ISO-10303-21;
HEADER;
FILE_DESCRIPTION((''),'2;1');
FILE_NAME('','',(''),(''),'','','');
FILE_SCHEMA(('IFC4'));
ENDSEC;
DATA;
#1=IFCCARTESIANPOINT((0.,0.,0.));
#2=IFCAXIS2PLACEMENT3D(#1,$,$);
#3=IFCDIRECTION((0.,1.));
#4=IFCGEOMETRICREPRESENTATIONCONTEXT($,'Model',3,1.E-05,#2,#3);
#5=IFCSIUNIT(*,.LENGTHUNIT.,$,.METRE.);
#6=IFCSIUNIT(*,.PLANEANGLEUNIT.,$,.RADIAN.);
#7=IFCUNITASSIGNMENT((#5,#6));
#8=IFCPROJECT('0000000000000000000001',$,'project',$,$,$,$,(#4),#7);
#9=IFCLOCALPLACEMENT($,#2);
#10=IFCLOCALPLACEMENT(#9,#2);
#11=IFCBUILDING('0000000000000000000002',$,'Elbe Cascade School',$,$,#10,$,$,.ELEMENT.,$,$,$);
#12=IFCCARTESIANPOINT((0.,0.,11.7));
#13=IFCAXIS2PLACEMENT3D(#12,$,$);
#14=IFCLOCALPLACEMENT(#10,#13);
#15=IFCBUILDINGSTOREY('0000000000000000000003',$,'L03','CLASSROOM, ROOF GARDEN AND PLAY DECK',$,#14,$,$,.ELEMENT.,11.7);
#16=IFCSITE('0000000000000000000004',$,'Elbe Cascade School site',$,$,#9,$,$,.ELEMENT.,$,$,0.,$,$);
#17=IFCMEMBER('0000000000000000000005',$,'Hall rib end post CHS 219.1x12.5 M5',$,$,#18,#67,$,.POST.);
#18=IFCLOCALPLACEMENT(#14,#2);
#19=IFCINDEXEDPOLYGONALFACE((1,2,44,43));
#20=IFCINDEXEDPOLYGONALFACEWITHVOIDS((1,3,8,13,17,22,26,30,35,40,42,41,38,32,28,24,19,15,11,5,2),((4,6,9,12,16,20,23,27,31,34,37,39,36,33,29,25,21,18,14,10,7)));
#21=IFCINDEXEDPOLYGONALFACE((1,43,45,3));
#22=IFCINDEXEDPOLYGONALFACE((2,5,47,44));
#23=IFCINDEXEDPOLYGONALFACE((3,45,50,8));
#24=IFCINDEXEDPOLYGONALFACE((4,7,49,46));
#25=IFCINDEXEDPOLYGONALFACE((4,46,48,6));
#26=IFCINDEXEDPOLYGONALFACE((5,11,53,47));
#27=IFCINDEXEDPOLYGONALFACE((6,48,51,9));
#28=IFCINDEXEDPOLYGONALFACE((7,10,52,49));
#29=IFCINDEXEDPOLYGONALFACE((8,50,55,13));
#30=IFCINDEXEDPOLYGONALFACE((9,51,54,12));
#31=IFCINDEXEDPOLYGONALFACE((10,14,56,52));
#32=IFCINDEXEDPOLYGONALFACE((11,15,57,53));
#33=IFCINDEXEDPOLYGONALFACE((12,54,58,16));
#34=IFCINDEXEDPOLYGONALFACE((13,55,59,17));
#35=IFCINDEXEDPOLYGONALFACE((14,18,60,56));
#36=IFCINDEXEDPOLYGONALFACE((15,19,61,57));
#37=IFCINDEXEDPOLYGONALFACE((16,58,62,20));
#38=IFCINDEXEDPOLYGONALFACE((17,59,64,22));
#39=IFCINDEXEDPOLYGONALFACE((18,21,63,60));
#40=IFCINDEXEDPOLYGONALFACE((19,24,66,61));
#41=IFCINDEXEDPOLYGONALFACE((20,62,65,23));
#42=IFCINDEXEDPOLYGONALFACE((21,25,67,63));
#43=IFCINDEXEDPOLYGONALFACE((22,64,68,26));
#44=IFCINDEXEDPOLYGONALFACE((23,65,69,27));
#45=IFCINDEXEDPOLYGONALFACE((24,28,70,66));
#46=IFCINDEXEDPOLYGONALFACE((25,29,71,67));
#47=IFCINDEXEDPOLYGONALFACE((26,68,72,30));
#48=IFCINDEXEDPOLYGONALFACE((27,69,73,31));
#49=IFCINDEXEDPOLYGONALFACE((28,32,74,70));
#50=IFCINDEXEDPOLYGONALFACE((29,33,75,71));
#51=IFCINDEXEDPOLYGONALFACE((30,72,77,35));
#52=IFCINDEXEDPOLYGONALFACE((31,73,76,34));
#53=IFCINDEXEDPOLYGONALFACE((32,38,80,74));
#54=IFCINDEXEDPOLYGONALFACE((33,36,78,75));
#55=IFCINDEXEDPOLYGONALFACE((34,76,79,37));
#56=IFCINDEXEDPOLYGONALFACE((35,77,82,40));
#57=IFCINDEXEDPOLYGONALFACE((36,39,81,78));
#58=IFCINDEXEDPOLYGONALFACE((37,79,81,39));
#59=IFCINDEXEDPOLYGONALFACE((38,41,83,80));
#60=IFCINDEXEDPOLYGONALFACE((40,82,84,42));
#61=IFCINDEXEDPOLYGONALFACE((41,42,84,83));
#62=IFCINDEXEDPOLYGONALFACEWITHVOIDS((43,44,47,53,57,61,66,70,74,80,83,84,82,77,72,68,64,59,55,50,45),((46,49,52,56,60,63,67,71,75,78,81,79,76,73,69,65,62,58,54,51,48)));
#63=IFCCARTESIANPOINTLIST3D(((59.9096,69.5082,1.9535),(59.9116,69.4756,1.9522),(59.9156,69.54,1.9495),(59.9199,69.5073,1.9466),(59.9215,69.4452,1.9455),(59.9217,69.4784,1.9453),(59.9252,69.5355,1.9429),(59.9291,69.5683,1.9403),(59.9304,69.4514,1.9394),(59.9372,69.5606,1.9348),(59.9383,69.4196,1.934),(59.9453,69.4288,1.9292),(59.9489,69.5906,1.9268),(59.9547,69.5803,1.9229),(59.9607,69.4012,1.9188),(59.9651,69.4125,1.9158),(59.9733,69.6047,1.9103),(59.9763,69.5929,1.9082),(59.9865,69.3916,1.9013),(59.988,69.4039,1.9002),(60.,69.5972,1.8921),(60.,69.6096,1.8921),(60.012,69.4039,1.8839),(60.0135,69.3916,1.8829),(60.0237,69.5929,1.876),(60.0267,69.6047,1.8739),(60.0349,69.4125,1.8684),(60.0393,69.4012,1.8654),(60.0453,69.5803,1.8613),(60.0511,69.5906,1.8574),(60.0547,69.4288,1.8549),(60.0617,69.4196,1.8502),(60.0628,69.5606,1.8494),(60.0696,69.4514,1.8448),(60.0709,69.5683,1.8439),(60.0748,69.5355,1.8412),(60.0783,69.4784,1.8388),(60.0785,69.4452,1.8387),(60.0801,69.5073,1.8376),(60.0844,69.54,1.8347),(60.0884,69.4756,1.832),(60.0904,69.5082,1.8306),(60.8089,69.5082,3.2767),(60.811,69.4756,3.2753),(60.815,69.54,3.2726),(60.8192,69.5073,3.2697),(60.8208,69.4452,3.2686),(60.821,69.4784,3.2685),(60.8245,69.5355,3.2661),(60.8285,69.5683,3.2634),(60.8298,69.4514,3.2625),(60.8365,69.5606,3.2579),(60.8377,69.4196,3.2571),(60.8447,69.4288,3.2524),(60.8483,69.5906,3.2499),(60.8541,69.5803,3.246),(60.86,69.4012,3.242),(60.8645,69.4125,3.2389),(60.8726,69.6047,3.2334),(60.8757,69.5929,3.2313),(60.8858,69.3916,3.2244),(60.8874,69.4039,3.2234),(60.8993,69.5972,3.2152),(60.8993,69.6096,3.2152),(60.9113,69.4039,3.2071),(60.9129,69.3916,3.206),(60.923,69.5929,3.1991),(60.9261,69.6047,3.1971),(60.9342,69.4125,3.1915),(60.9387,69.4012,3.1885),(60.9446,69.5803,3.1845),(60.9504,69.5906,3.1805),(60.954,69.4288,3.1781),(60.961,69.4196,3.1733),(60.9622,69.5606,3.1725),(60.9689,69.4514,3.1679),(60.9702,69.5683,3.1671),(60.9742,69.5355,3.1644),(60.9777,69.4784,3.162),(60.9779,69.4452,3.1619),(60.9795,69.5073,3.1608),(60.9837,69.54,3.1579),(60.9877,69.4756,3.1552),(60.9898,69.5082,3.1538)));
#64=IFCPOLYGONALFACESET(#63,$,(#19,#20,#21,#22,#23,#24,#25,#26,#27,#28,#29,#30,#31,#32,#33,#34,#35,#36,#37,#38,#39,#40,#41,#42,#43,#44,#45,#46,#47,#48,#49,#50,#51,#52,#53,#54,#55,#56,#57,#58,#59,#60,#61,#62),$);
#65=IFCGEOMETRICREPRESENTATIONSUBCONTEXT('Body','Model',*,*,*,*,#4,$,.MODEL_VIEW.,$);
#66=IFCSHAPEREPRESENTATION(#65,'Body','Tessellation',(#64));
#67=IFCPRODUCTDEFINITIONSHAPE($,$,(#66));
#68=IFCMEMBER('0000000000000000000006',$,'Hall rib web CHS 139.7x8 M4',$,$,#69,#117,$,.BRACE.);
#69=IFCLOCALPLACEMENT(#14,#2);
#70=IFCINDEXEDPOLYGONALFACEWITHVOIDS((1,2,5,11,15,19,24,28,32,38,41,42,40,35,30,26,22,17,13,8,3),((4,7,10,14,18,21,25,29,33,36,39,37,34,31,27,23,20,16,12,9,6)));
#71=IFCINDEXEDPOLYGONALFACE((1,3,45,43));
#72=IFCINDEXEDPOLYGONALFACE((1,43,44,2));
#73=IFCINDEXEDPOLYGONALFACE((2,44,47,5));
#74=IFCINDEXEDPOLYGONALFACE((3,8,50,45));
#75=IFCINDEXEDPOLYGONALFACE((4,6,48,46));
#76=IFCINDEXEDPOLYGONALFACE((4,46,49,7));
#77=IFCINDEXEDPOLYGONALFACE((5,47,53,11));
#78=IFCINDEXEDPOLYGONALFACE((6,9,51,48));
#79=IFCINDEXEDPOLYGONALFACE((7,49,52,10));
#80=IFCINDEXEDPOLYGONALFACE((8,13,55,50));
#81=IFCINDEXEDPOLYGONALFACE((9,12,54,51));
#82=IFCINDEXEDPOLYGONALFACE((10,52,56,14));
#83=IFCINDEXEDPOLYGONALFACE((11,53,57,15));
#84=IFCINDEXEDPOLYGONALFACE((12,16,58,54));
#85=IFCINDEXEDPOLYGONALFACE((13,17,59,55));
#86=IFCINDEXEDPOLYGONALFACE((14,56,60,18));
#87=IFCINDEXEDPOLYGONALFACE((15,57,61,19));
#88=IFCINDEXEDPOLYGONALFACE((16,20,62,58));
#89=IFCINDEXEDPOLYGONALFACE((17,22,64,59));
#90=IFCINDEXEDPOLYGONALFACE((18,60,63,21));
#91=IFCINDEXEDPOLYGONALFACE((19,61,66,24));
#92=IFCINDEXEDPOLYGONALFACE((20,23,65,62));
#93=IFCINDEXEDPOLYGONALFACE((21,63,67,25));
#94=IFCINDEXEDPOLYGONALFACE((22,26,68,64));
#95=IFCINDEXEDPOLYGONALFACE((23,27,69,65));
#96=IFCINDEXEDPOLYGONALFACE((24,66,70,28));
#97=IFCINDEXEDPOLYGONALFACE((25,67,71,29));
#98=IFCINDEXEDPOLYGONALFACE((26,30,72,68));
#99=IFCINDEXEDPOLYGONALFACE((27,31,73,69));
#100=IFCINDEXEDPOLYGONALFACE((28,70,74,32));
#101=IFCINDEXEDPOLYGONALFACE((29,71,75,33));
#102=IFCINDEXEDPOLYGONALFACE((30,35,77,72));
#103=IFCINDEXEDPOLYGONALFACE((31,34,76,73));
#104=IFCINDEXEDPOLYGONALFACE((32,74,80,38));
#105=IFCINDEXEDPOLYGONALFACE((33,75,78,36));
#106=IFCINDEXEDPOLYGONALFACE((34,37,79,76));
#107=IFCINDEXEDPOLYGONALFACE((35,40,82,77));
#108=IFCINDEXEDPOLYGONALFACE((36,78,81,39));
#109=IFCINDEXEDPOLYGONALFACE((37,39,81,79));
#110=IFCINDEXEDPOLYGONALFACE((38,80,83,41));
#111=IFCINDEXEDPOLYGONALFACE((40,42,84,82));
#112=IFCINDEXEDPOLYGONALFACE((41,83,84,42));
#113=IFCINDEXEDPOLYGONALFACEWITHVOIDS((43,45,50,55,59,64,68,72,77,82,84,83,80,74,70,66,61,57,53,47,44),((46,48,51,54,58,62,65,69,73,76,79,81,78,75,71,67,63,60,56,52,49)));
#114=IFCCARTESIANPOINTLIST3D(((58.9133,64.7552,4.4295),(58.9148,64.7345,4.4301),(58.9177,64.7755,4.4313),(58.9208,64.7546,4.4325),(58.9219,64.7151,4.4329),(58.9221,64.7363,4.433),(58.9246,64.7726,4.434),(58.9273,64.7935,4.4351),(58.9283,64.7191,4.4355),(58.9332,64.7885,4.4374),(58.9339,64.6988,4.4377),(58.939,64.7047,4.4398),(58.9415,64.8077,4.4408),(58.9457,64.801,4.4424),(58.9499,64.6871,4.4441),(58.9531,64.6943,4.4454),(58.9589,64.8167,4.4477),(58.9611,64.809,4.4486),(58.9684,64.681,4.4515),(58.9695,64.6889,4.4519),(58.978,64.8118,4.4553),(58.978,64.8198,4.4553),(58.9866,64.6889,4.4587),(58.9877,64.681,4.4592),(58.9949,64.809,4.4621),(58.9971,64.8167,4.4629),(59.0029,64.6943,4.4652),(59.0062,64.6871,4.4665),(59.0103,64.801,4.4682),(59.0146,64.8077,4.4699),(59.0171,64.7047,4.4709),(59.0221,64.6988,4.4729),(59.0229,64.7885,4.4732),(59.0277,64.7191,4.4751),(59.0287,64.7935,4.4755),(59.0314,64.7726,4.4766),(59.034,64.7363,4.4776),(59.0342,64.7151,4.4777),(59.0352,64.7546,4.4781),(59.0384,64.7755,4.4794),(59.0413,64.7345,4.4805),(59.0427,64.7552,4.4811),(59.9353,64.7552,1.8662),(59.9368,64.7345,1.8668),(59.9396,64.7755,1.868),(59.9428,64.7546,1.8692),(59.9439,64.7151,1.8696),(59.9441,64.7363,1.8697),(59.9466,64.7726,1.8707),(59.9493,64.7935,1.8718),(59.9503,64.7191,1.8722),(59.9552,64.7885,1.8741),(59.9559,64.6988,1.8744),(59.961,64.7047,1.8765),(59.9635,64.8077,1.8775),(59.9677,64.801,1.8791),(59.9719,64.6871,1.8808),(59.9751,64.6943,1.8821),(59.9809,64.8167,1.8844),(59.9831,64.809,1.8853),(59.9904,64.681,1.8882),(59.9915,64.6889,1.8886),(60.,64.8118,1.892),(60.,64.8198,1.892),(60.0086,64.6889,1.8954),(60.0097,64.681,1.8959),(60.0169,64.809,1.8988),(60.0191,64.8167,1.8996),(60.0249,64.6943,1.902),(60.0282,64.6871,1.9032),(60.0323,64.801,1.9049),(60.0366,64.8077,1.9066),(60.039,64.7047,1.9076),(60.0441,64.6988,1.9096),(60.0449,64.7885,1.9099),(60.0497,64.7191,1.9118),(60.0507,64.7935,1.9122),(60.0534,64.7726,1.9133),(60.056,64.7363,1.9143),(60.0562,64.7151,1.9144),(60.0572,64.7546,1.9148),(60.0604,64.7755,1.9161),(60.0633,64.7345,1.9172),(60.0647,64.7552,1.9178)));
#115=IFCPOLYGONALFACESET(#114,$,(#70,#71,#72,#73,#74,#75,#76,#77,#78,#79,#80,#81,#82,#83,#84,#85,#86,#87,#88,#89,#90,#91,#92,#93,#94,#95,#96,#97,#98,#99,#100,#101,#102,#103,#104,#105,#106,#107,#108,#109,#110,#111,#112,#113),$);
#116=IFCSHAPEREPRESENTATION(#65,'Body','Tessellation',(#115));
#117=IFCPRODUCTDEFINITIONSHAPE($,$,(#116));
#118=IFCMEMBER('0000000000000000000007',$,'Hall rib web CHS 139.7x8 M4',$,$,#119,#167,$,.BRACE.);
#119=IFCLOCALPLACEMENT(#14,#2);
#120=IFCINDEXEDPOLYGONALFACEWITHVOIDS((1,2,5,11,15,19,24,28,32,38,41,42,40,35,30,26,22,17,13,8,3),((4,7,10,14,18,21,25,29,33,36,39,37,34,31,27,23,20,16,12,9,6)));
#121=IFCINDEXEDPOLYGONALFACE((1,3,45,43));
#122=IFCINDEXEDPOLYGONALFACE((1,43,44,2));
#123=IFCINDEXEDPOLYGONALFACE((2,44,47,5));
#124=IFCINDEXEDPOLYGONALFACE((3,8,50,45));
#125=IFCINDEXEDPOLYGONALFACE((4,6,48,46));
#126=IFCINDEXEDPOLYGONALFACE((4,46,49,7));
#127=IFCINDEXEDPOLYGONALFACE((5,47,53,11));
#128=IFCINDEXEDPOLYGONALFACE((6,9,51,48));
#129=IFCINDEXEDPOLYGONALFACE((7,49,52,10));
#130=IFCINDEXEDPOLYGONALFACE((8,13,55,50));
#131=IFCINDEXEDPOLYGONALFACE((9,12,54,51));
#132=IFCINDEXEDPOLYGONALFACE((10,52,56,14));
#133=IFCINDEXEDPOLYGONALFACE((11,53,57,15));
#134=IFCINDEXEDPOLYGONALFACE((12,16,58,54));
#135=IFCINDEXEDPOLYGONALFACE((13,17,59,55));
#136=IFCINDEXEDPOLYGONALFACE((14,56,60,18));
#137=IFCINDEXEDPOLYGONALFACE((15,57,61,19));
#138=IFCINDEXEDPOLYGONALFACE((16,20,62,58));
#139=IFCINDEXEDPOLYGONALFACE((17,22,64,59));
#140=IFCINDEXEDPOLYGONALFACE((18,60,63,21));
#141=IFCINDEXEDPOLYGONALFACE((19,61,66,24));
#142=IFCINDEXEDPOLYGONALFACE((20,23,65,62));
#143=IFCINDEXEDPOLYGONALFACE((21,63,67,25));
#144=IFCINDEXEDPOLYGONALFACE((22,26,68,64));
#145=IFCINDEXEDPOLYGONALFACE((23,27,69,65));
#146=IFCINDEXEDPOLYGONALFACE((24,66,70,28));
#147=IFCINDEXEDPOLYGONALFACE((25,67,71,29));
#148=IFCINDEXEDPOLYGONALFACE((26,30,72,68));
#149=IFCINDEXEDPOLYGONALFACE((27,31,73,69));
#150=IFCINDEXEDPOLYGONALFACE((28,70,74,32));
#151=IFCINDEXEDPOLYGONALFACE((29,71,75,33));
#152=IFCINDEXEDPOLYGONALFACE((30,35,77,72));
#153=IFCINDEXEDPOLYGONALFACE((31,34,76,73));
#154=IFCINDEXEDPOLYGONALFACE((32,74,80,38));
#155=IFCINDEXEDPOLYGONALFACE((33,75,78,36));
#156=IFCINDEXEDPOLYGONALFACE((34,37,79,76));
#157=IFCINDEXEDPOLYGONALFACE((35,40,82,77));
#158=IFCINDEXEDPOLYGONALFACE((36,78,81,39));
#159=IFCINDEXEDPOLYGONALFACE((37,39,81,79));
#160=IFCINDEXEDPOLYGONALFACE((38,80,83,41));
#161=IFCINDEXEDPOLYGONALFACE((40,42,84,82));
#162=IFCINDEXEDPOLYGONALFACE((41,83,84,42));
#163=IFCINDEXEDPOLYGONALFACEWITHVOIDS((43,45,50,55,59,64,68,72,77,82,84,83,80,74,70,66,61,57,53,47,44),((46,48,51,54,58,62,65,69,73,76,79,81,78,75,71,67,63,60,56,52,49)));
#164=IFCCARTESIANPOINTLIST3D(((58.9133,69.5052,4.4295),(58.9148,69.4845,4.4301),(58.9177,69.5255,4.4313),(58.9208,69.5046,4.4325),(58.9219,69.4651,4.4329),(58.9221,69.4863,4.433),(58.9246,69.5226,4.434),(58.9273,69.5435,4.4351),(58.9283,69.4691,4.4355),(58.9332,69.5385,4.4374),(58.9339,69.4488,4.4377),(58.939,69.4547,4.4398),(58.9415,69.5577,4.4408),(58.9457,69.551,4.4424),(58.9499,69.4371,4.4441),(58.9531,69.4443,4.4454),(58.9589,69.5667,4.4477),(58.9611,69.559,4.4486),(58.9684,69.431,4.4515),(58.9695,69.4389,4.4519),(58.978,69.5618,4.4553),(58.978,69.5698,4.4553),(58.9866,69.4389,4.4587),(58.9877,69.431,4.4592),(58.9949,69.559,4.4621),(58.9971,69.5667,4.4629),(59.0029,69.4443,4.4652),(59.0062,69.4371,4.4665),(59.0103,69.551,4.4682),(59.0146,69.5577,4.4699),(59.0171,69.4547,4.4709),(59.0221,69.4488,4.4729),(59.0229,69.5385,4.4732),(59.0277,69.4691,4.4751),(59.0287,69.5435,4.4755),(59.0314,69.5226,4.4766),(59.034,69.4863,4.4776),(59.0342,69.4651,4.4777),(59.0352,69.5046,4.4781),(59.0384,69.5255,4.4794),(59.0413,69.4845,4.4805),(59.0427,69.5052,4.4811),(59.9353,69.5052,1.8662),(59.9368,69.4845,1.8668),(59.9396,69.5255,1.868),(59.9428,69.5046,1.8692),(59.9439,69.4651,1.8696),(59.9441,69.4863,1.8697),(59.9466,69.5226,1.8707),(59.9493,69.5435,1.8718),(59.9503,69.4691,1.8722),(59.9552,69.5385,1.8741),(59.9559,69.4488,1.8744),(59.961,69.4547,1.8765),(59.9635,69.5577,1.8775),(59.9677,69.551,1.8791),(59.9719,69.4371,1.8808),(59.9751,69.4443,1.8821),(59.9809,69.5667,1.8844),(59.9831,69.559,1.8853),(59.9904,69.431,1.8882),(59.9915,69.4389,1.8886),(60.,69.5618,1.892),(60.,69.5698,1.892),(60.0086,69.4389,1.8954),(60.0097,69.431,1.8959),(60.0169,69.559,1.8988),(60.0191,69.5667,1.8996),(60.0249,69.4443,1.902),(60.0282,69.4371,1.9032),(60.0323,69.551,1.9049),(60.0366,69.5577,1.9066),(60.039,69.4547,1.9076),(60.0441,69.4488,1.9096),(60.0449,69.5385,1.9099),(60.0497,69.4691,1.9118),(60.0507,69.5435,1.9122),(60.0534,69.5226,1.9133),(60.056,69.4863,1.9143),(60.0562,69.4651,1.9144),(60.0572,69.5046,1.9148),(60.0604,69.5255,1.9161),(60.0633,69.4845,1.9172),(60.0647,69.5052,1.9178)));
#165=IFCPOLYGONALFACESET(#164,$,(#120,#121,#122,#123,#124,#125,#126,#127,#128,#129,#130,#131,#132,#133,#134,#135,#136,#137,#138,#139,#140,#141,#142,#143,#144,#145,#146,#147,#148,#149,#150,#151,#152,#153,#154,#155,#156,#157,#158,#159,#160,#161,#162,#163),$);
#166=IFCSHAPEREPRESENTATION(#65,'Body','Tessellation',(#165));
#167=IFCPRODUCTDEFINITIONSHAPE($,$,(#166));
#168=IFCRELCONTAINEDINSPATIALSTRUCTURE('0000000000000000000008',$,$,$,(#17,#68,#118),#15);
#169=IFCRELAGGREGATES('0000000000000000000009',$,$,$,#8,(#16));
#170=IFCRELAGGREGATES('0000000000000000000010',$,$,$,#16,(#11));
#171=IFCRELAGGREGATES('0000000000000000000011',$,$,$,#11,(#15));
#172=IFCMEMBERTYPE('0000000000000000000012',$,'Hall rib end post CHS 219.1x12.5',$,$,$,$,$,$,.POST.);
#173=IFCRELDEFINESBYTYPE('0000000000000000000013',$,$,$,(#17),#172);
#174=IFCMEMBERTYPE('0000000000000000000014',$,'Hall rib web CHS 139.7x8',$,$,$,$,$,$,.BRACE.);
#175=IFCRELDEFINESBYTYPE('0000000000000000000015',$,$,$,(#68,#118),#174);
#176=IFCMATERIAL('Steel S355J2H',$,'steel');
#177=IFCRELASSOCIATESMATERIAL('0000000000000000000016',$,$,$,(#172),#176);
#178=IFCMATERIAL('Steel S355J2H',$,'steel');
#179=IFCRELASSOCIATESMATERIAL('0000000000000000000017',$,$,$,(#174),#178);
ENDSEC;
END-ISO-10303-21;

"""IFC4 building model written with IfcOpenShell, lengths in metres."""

from ifc_helpers import new_model, si_unit, direction, frame, origin, origin_2d, place, context, subcontext, project, spatial, hollow_circle, extrude, material, material_profile, profile_set, type_object, element, save


model = new_model("IFC4")

# Units and contexts
model_context = context("Model", 3, precision=1e-05, world=origin(), true_north=direction((0.0, 1.0)))
body_context = subcontext(model_context, "Body", "Model", "MODEL_VIEW")
ifc_project = project(units=[si_unit("LENGTHUNIT", "METRE"), si_unit("PLANEANGLEUNIT", "RADIAN")], contexts=[model_context])

# Site, building, storey
site_placement = place(None, origin())
site = spatial("IfcSite", under=ifc_project, at=site_placement, Name="Elbe Cascade School site", CompositionType="ELEMENT", RefElevation=0.0)
building_placement = place(site_placement, origin())
building = spatial("IfcBuilding", under=site, at=building_placement, Name="Elbe Cascade School", CompositionType="ELEMENT")
storey_placement = place(building_placement, frame((0.0, 0.0, 11.7)))
storey = spatial("IfcBuildingStorey", under=building, at=storey_placement, Name="L03", Description="CLASSROOM, ROOF GARDEN AND PLAY DECK", CompositionType="ELEMENT", Elevation=11.7)

# Members
ifc_material_1 = material(Name="Steel S355J2H", Category="steel")
ifc_material_profile_1 = material_profile(ifc_material_1, hollow_circle(Radius=0.1096, WallThickness=0.0125, at=origin_2d()), Name="CHS 219.1x12.5")
ifc_profile_set_1 = profile_set([ifc_material_profile_1], Name="Steel S355J2H")
member_type_1 = type_object("IfcMemberType", Name="Hall rib end post CHS 219.1x12.5", PredefinedType="POST", material=ifc_profile_set_1)
for number, where, z_axis, x_axis, name in (
    (1, (60.0, 69.5, 1.8921), (0.562143, 0.0, 0.82704), (0.0, 1.0, 0.0), "Hall rib end post CHS 219.1x12.5 M5"),
):
    element("IfcMember", number, at=place(storey_placement, frame(where, z_axis=z_axis, x_axis=x_axis)), inside=storey, type_object=member_type_1, Name=name, PredefinedType="POST", context=body_context, shape_type="SweptSolid", body=[
        extrude(hollow_circle(Radius=0.1096, WallThickness=0.0125, at=origin_2d()), origin(), (0.0, 0.0, 1.0), 1.5999),
    ])
ifc_material_2 = material(Name="Steel S355J2H", Category="steel")
ifc_material_profile_2 = material_profile(ifc_material_2, hollow_circle(Radius=0.0698, WallThickness=0.0081, at=origin_2d()), Name="CHS 139.7x8")
ifc_profile_set_2 = profile_set([ifc_material_profile_2], Name="Steel S355J2H")
member_type_2 = type_object("IfcMemberType", Name="Hall rib web CHS 139.7x8", PredefinedType="BRACE", material=ifc_profile_set_2)
for number, where, z_axis, x_axis, name in (
    (2, (58.978, 64.75, 4.4553), (0.370353, 0.0, -0.928891), (0.0, 1.0, 0.0), "Hall rib web CHS 139.7x8 M4"),
    (3, (58.978, 69.5, 4.4553), (0.370353, 0.0, -0.928891), (0.0, 1.0, 0.0), "Hall rib web CHS 139.7x8 M4"),
):
    element("IfcMember", number, at=place(storey_placement, frame(where, z_axis=z_axis, x_axis=x_axis)), inside=storey, type_object=member_type_2, Name=name, PredefinedType="BRACE", context=body_context, shape_type="SweptSolid", body=[
        extrude(hollow_circle(Radius=0.0698, WallThickness=0.0081, at=origin_2d()), origin(), (0.0, 0.0, 1.0), 2.7595),
    ])

save(model, "model.ifc")
